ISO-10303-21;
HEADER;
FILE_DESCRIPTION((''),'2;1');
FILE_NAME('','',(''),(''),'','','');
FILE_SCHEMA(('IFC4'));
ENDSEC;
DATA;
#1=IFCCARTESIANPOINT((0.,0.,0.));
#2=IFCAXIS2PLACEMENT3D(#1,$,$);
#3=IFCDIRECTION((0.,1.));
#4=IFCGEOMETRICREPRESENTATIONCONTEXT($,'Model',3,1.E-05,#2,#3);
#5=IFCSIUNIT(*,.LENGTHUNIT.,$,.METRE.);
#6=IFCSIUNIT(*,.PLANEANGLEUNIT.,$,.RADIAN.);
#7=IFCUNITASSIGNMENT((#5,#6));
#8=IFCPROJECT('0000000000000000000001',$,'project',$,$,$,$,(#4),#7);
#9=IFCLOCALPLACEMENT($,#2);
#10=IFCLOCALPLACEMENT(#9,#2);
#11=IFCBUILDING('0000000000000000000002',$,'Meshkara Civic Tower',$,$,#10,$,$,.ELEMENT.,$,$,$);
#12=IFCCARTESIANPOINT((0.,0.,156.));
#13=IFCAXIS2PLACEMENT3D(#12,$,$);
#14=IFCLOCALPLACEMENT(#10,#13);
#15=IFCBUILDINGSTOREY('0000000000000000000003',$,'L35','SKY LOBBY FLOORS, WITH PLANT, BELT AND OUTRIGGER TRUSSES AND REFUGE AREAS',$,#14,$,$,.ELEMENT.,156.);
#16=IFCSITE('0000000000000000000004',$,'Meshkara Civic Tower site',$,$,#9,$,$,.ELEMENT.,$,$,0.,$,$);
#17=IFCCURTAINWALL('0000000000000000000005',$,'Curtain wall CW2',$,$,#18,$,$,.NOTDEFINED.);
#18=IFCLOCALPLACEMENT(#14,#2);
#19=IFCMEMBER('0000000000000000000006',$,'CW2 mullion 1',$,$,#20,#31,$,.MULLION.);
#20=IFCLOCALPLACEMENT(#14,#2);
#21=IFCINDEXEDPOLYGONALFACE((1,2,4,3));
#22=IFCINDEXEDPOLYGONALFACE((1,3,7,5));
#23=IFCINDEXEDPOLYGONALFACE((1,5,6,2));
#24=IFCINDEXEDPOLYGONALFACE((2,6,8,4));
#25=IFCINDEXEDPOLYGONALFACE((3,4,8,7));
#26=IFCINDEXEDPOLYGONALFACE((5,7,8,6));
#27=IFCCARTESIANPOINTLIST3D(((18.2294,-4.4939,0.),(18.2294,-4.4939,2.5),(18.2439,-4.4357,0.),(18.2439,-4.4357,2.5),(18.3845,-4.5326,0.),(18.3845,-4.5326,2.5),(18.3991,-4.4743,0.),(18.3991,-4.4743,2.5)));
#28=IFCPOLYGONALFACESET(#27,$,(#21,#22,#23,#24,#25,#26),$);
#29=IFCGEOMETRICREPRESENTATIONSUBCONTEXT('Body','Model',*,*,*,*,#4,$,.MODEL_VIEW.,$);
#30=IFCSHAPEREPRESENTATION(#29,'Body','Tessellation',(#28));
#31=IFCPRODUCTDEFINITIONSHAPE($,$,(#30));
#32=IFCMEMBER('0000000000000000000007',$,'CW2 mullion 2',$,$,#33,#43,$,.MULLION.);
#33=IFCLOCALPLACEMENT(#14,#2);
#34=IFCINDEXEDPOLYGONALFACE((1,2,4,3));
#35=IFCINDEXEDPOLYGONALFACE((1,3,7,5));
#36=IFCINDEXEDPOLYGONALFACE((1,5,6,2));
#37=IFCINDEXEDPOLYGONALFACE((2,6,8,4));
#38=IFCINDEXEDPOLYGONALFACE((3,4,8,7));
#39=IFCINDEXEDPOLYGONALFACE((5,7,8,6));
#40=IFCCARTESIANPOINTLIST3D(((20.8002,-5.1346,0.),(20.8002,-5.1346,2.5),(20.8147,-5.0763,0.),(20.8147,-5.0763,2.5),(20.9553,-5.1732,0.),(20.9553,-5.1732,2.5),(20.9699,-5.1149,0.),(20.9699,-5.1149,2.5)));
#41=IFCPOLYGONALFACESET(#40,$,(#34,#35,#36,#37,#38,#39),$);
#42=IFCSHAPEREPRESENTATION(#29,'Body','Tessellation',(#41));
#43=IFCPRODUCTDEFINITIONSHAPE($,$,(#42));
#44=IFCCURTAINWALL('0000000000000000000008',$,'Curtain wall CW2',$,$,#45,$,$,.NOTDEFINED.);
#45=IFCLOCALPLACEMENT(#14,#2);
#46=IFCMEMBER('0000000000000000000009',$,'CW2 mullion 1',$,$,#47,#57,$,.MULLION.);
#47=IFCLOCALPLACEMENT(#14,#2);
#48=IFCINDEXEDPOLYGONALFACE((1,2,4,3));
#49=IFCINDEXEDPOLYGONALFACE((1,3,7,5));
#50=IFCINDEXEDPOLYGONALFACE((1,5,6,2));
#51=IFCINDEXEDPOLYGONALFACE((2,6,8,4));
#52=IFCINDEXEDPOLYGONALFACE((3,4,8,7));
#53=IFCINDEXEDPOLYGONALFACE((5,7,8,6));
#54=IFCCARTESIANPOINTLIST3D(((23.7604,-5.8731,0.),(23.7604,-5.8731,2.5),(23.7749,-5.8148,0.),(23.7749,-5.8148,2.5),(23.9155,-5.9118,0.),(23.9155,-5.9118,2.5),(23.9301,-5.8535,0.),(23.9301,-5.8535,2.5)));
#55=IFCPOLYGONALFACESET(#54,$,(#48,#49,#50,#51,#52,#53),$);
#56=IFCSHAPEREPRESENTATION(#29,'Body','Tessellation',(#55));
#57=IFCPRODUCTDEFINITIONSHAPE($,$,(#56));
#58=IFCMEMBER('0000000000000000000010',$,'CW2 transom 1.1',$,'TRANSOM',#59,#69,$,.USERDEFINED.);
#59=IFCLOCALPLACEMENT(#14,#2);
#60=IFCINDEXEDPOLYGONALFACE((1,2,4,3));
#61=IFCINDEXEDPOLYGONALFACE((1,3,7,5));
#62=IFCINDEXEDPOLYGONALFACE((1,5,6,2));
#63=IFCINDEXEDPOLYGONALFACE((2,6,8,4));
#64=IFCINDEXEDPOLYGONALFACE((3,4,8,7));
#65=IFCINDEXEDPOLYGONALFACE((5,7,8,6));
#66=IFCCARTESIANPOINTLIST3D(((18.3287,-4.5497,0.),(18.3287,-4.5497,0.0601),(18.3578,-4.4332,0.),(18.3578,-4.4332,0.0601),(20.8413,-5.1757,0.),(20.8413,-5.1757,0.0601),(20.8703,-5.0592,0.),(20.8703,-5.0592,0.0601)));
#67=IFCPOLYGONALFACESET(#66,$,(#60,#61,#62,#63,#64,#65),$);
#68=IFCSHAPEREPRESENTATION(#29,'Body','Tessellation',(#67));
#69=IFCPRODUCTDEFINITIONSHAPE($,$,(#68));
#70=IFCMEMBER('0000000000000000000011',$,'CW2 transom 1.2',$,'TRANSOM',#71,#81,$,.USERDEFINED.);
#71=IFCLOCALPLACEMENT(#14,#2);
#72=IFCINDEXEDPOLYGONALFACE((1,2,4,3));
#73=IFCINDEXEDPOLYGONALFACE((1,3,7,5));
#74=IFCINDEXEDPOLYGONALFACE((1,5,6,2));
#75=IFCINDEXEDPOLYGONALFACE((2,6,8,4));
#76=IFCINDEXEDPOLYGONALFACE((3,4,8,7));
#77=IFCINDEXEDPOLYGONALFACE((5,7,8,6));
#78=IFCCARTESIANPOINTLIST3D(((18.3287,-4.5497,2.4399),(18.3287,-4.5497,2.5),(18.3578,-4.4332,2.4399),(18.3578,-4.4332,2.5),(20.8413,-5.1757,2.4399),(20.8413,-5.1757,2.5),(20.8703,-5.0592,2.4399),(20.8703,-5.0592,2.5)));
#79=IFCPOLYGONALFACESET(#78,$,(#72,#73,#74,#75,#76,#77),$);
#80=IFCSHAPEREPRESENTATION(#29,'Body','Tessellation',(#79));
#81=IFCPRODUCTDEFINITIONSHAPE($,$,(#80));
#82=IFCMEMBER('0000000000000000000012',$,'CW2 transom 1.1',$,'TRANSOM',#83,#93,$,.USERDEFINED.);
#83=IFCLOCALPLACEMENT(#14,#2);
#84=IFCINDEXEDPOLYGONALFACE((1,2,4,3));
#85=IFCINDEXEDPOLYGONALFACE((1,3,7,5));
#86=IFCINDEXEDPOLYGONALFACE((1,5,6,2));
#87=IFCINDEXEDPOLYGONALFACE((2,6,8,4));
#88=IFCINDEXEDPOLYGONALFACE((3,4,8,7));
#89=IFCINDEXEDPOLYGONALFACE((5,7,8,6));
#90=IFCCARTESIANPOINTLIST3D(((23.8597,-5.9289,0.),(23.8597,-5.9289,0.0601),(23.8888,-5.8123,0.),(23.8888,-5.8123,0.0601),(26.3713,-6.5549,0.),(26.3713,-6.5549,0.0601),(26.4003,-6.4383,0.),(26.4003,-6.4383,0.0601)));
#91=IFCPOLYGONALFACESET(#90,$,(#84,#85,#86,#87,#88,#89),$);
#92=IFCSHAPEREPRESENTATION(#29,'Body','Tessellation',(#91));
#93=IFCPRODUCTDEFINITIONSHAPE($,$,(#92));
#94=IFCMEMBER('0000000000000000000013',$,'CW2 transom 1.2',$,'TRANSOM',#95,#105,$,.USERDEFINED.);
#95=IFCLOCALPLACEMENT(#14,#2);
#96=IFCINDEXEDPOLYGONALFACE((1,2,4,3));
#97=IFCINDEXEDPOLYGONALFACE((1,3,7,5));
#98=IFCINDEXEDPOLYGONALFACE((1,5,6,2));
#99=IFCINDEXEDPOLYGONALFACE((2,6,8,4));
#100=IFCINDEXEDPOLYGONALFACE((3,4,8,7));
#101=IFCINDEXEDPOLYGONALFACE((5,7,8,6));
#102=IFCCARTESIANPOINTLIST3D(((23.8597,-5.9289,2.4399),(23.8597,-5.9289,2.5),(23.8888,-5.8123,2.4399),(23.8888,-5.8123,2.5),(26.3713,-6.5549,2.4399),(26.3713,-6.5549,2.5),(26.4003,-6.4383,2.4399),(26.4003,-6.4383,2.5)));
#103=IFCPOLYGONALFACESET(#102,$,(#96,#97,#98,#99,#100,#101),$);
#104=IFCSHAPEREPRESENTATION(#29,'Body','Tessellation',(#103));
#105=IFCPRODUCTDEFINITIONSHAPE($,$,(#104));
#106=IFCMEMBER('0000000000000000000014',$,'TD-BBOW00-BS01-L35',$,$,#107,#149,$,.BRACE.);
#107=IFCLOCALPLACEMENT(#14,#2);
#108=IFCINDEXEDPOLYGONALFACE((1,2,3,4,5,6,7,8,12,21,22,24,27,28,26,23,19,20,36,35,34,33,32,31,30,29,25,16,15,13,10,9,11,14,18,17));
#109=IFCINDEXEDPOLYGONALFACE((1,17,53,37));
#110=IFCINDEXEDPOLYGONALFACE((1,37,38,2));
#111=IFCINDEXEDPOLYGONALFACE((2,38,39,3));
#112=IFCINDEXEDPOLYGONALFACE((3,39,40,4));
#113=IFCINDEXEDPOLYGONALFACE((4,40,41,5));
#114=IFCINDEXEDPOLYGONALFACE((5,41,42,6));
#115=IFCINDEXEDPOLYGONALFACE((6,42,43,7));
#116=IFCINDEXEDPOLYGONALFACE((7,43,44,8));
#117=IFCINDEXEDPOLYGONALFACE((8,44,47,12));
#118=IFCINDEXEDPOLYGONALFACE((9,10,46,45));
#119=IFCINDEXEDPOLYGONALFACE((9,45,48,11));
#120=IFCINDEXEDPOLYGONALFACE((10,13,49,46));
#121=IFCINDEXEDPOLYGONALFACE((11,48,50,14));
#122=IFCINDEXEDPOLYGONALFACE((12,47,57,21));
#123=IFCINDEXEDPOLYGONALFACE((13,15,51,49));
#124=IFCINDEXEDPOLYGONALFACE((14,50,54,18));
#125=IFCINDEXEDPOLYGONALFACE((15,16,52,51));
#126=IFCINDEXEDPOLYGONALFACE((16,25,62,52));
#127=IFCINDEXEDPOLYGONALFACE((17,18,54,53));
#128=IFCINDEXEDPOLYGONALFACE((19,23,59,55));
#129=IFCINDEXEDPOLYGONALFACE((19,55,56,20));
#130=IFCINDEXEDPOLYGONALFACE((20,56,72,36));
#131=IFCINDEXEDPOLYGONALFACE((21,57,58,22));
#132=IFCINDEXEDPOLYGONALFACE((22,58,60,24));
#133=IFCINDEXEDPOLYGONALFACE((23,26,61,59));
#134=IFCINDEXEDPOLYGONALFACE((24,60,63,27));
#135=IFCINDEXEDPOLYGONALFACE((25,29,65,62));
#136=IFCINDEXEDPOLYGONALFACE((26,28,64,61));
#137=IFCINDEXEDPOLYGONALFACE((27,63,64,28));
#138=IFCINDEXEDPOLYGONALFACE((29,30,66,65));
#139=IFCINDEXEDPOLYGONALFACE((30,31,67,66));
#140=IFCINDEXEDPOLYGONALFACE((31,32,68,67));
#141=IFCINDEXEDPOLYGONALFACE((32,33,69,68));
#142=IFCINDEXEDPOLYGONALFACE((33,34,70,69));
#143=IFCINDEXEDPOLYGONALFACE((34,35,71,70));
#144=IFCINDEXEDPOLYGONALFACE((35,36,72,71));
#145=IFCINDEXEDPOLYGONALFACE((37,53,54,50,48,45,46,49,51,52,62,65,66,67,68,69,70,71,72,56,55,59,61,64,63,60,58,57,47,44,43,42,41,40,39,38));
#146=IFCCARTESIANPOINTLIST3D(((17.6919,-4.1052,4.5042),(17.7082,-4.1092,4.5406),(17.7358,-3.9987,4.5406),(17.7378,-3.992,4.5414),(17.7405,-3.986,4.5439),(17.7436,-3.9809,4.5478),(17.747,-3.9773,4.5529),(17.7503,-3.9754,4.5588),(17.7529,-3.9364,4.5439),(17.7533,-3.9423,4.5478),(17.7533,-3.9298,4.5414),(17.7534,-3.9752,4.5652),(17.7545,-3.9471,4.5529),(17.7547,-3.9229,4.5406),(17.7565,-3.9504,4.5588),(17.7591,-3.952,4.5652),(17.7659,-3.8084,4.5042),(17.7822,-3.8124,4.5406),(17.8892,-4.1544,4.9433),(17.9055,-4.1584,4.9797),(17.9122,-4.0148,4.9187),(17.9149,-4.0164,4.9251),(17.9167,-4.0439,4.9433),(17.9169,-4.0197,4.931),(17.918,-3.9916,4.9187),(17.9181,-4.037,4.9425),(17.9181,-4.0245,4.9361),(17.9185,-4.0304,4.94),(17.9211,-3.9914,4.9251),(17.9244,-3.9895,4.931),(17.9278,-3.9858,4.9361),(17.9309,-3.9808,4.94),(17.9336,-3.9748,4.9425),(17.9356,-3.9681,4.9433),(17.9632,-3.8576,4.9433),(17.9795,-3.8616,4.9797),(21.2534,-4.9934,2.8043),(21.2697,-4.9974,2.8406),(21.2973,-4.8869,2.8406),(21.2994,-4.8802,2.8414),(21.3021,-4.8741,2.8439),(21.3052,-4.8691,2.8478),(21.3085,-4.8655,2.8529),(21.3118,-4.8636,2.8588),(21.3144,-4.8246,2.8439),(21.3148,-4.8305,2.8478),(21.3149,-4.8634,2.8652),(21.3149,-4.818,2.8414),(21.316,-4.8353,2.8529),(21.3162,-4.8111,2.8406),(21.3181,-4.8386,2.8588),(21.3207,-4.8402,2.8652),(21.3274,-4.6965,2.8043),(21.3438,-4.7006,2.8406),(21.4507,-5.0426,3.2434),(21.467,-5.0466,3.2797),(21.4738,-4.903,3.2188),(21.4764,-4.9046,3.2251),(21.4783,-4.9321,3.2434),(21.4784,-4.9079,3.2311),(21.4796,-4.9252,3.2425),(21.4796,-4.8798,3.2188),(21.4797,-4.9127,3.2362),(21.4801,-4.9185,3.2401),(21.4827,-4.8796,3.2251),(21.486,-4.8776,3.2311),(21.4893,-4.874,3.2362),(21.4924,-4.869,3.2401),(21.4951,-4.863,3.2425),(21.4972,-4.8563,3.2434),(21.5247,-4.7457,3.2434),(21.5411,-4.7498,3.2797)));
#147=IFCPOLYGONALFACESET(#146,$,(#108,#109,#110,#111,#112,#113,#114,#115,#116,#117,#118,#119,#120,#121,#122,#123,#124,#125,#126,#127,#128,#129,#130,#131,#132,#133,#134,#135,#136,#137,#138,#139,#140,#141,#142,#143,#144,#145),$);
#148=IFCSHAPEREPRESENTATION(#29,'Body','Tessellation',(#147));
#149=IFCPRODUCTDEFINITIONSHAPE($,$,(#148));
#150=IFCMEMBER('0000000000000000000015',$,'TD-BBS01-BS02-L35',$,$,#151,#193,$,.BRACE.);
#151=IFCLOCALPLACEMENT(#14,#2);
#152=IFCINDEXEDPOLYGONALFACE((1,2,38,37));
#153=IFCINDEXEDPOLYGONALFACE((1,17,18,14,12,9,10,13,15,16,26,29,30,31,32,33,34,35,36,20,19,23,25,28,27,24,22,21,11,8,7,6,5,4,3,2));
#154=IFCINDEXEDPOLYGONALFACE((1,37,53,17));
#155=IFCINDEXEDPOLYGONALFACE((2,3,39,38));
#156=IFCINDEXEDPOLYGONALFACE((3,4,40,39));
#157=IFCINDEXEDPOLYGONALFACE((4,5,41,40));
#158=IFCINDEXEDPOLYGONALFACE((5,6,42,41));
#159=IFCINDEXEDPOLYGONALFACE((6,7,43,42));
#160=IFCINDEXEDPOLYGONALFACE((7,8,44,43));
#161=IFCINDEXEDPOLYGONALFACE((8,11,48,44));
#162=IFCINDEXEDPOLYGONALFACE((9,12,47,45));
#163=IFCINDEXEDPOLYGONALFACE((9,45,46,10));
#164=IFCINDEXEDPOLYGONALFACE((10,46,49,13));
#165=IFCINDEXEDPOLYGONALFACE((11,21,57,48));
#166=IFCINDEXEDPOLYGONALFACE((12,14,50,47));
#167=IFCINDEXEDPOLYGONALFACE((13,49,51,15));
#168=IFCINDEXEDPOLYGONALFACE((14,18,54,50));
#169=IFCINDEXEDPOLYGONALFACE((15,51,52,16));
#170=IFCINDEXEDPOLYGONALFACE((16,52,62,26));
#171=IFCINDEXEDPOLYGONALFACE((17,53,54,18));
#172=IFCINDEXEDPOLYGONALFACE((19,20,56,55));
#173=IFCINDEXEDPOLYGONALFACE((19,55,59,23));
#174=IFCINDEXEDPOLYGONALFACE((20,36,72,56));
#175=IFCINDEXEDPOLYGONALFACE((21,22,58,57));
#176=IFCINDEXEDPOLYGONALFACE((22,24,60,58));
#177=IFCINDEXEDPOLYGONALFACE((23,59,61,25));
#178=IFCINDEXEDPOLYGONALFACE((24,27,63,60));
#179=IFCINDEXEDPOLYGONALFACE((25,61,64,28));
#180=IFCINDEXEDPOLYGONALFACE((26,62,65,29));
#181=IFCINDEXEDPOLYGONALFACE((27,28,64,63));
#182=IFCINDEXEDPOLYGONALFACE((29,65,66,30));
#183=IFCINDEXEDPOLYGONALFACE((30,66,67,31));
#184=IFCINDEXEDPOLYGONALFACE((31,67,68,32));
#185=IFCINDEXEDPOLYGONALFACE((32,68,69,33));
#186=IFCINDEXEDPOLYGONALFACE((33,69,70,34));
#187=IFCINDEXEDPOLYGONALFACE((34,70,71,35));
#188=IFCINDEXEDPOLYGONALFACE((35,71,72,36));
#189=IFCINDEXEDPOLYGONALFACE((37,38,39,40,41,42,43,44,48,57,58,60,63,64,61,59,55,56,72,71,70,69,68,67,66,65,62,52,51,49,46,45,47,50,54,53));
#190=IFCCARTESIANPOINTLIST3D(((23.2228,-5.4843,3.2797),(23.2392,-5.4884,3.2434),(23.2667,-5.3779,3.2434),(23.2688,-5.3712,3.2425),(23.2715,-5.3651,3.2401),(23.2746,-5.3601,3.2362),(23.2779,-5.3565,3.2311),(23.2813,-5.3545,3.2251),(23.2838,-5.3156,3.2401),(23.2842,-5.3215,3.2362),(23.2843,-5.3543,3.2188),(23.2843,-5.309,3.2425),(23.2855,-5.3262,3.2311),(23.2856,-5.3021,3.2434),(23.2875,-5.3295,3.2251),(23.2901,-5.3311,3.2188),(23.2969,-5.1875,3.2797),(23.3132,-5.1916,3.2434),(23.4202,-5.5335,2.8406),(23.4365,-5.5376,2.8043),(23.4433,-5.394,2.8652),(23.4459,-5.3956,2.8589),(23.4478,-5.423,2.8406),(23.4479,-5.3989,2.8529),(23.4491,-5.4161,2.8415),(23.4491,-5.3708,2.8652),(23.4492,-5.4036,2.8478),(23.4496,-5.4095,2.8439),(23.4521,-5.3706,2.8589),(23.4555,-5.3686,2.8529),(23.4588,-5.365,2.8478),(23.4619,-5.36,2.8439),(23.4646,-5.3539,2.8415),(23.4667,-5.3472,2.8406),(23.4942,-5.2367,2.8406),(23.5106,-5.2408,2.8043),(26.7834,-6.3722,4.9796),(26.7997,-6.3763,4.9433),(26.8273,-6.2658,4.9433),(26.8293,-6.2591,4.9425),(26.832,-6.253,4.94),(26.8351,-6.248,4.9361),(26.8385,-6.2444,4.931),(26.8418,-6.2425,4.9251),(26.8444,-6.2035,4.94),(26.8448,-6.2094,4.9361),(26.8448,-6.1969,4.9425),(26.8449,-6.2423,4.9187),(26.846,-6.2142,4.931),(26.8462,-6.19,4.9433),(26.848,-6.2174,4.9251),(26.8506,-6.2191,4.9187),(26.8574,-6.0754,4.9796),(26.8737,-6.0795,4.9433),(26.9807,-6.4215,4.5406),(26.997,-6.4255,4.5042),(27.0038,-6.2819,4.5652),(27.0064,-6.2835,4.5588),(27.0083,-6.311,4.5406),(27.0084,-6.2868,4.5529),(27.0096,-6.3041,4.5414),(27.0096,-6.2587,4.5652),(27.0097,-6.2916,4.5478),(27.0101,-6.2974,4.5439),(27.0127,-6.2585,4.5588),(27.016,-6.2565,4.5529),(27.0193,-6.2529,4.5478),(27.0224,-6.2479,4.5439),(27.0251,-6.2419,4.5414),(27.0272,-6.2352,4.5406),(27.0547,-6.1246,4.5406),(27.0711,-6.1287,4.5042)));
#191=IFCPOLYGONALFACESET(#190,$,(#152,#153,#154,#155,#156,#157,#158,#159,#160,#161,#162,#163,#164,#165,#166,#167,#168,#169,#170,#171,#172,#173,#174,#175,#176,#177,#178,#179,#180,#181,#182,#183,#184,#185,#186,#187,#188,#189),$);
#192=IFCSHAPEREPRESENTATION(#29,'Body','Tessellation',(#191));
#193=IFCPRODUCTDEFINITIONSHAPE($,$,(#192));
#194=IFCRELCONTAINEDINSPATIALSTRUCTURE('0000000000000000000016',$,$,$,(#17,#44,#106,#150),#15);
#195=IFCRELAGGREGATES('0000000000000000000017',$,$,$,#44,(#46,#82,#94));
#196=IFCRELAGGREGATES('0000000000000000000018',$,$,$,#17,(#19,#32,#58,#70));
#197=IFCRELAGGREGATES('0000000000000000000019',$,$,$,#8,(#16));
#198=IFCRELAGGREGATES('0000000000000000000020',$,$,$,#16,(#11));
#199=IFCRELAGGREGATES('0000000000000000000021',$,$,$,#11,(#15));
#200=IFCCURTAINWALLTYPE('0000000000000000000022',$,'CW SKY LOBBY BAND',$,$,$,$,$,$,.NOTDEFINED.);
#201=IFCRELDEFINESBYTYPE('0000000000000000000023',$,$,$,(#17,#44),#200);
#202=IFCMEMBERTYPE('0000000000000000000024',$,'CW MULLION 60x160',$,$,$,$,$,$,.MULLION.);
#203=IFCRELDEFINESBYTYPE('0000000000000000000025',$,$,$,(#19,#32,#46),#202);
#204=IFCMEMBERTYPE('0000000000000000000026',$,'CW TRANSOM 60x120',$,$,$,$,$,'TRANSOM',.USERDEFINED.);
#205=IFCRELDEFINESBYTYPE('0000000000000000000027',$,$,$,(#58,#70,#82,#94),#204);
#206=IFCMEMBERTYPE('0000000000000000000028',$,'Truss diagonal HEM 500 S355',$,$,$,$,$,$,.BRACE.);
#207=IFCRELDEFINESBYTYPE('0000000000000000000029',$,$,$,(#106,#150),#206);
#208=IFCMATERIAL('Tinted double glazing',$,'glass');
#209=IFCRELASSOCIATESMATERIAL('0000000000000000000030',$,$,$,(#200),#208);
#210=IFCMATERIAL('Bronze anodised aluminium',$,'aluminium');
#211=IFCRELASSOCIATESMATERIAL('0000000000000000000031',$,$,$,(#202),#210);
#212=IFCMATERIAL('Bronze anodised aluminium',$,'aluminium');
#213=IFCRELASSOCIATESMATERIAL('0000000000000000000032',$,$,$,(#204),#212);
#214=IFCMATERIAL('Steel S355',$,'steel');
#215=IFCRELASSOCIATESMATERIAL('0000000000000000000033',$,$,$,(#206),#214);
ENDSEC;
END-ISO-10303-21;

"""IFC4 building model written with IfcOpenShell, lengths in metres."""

from ifc_helpers import new_model, si_unit, direction, frame, origin, origin_2d, place, context, subcontext, project, spatial, rectangle, i_section, extrude, material, material_profile, profile_set, type_object, element, aggregate, save


model = new_model("IFC4")

# Units and contexts
model_context = context("Model", 3, precision=1e-05, world=origin(), true_north=direction((0.0, 1.0)))
body_context = subcontext(model_context, "Body", "Model", "MODEL_VIEW")
ifc_project = project(units=[si_unit("LENGTHUNIT", "METRE"), si_unit("PLANEANGLEUNIT", "RADIAN")], contexts=[model_context])

# Site, building, storey
site_placement = place(None, origin())
site = spatial("IfcSite", under=ifc_project, at=site_placement, Name="Meshkara Civic Tower site", CompositionType="ELEMENT", RefElevation=0.0)
building_placement = place(site_placement, origin())
building = spatial("IfcBuilding", under=site, at=building_placement, Name="Meshkara Civic Tower", CompositionType="ELEMENT")
storey_placement = place(building_placement, frame((0.0, 0.0, 156.0)))
storey = spatial("IfcBuildingStorey", under=building, at=storey_placement, Name="L35", Description="SKY LOBBY FLOORS, WITH PLANT, BELT AND OUTRIGGER TRUSSES AND REFUGE AREAS", CompositionType="ELEMENT", Elevation=156.0)

# Curtain wall, members
ifc_material_1 = material(Name="Tinted double glazing", Category="glass")
curtain_wall_type = type_object("IfcCurtainWallType", Name="CW SKY LOBBY BAND", PredefinedType="NOTDEFINED", material=ifc_material_1)
curtain_wall_1_placement = place(storey_placement, origin())
curtain_wall_1 = element("IfcCurtainWall", 1, at=curtain_wall_1_placement, inside=storey, type_object=curtain_wall_type, Name="Curtain wall CW2", PredefinedType="NOTDEFINED")
ifc_material_2 = material(Name="Bronze anodised aluminium", Category="aluminium")
ifc_material_profile_1 = material_profile(ifc_material_2, rectangle(XDim=0.0601, YDim=0.1599, at=origin_2d()))
ifc_profile_set_1 = profile_set([ifc_material_profile_1], Name="Bronze anodised aluminium")
member_type_1 = type_object("IfcMemberType", Name="CW MULLION 60x160", PredefinedType="MULLION", material=ifc_profile_set_1)
member_1_placement = place(storey_placement, frame((18.3142, -4.4841, 0.0), z_axis=(0.0, 0.0, 1.0), x_axis=(0.241754, 0.970338, 0.0)))
member_1 = element("IfcMember", 2, at=member_1_placement, type_object=member_type_1, Name="CW2 mullion 1", PredefinedType="MULLION", context=body_context, shape_type="SweptSolid", body=[
    extrude(rectangle(XDim=0.0601, YDim=0.1599, at=origin_2d()), origin(), (0.0, 0.0, 1.0), 2.5),
])
member_2_placement = place(storey_placement, frame((20.885, -5.1248, 0.0), z_axis=(0.0, 0.0, 1.0), x_axis=(0.241754, 0.970338, 0.0)))
member_2 = element("IfcMember", 3, at=member_2_placement, type_object=member_type_1, Name="CW2 mullion 2", PredefinedType="MULLION", context=body_context, shape_type="SweptSolid", body=[
    extrude(rectangle(XDim=0.0601, YDim=0.1599, at=origin_2d()), origin(), (0.0, 0.0, 1.0), 2.5),
])

# Curtain wall, member
curtain_wall_2_placement = place(storey_placement, origin())
curtain_wall_2 = element("IfcCurtainWall", 4, at=curtain_wall_2_placement, inside=storey, type_object=curtain_wall_type, Name="Curtain wall CW2", PredefinedType="NOTDEFINED")
member_3_placement = place(storey_placement, frame((23.8452, -5.8633, 0.0), z_axis=(0.0, 0.0, 1.0), x_axis=(0.241841, 0.970316, 0.0)))
member_3 = element("IfcMember", 5, at=member_3_placement, type_object=member_type_1, Name="CW2 mullion 1", PredefinedType="MULLION", context=body_context, shape_type="SweptSolid", body=[
    extrude(rectangle(XDim=0.0601, YDim=0.1599, at=origin_2d()), origin(), (0.0, 0.0, 1.0), 2.5),
])

# Members
ifc_material_3 = material(Name="Bronze anodised aluminium", Category="aluminium")
ifc_material_profile_2 = material_profile(ifc_material_3, rectangle(XDim=0.1201, YDim=0.0601, at=origin_2d()))
ifc_profile_set_2 = profile_set([ifc_material_profile_2], Name="Bronze anodised aluminium")
member_type_2 = type_object("IfcMemberType", Name="CW TRANSOM 60x120", ElementType="TRANSOM", PredefinedType="USERDEFINED", material=ifc_profile_set_2)
member_4_placement = place(storey_placement, frame((18.3433, -4.4915, 0.03), z_axis=(0.970336, -0.241759, 0.0), x_axis=(0.241759, 0.970336, 0.0)))
member_4 = element("IfcMember", 6, at=member_4_placement, type_object=member_type_2, Name="CW2 transom 1.1", ObjectType="TRANSOM", PredefinedType="USERDEFINED", context=body_context, shape_type="SweptSolid", body=[
    extrude(rectangle(XDim=0.1201, YDim=0.0601, at=origin_2d()), origin(), (0.0, 0.0, 1.0), 2.5894),
])
member_5_placement = place(storey_placement, frame((18.3433, -4.4915, 2.47), z_axis=(0.970336, -0.241759, 0.0), x_axis=(0.241759, 0.970336, 0.0)))
member_5 = element("IfcMember", 7, at=member_5_placement, type_object=member_type_2, Name="CW2 transom 1.2", ObjectType="TRANSOM", PredefinedType="USERDEFINED", context=body_context, shape_type="SweptSolid", body=[
    extrude(rectangle(XDim=0.1201, YDim=0.0601, at=origin_2d()), origin(), (0.0, 0.0, 1.0), 2.5894),
])
member_6_placement = place(storey_placement, frame((23.8743, -5.8706, 0.03), z_axis=(0.970314, -0.241848, 0.0), x_axis=(0.241848, 0.970314, 0.0)))
member_6 = element("IfcMember", 8, at=member_6_placement, type_object=member_type_2, Name="CW2 transom 1.1", ObjectType="TRANSOM", PredefinedType="USERDEFINED", context=body_context, shape_type="SweptSolid", body=[
    extrude(rectangle(XDim=0.1201, YDim=0.0601, at=origin_2d()), origin(), (0.0, 0.0, 1.0), 2.5884),
])
member_7_placement = place(storey_placement, frame((23.8743, -5.8706, 2.47), z_axis=(0.970314, -0.241848, 0.0), x_axis=(0.241848, 0.970314, 0.0)))
member_7 = element("IfcMember", 9, at=member_7_placement, type_object=member_type_2, Name="CW2 transom 1.2", ObjectType="TRANSOM", PredefinedType="USERDEFINED", context=body_context, shape_type="SweptSolid", body=[
    extrude(rectangle(XDim=0.1201, YDim=0.0601, at=origin_2d()), origin(), (0.0, 0.0, 1.0), 2.5884),
])
aggregate(curtain_wall_2, [member_3, member_6, member_7])

# Members
ifc_material_4 = material(Name="Steel S355", Category="steel")
ifc_material_profile_3 = material_profile(ifc_material_4, i_section(OverallWidth=0.3059, OverallDepth=0.5239, WebThickness=0.0239, FlangeThickness=0.04, FilletRadius=0.0271, at=origin_2d()))
ifc_profile_set_3 = profile_set([ifc_material_profile_3], Name="Steel S355")
member_type_3 = type_object("IfcMemberType", Name="Truss diagonal HEM 500 S355", PredefinedType="BRACE", material=ifc_profile_set_3)
member_8_placement = place(storey_placement, frame((17.8357, -3.9834, 4.7419), z_axis=(0.880445, -0.219568, -0.420245), x_axis=(0.241972, 0.970283, 0.0)))
element("IfcMember", 10, at=member_8_placement, inside=storey, type_object=member_type_3, Name="TD-BBOW00-BS01-L35", PredefinedType="BRACE", context=body_context, shape_type="SweptSolid", body=[
    extrude(i_section(OverallWidth=0.3059, OverallDepth=0.5239, WebThickness=0.0239, FlangeThickness=0.04, FilletRadius=0.0271, at=origin_2d()), origin(), (0.0, 0.0, 1.0), 4.0452),
])
member_9_placement = place(storey_placement, frame((23.3667, -5.3625, 3.042), z_axis=(0.880403, -0.219557, 0.42034), x_axis=(0.241972, 0.970283, 0.0)))
element("IfcMember", 11, at=member_9_placement, inside=storey, type_object=member_type_3, Name="TD-BBS01-BS02-L35", PredefinedType="BRACE", context=body_context, shape_type="SweptSolid", body=[
    extrude(i_section(OverallWidth=0.3059, OverallDepth=0.5239, WebThickness=0.0239, FlangeThickness=0.04, FilletRadius=0.0271, at=origin_2d()), origin(), (0.0, 0.0, 1.0), 4.0442),
])

aggregate(curtain_wall_1, [member_1, member_2, member_4, member_5])

save(model, "model.ifc")
